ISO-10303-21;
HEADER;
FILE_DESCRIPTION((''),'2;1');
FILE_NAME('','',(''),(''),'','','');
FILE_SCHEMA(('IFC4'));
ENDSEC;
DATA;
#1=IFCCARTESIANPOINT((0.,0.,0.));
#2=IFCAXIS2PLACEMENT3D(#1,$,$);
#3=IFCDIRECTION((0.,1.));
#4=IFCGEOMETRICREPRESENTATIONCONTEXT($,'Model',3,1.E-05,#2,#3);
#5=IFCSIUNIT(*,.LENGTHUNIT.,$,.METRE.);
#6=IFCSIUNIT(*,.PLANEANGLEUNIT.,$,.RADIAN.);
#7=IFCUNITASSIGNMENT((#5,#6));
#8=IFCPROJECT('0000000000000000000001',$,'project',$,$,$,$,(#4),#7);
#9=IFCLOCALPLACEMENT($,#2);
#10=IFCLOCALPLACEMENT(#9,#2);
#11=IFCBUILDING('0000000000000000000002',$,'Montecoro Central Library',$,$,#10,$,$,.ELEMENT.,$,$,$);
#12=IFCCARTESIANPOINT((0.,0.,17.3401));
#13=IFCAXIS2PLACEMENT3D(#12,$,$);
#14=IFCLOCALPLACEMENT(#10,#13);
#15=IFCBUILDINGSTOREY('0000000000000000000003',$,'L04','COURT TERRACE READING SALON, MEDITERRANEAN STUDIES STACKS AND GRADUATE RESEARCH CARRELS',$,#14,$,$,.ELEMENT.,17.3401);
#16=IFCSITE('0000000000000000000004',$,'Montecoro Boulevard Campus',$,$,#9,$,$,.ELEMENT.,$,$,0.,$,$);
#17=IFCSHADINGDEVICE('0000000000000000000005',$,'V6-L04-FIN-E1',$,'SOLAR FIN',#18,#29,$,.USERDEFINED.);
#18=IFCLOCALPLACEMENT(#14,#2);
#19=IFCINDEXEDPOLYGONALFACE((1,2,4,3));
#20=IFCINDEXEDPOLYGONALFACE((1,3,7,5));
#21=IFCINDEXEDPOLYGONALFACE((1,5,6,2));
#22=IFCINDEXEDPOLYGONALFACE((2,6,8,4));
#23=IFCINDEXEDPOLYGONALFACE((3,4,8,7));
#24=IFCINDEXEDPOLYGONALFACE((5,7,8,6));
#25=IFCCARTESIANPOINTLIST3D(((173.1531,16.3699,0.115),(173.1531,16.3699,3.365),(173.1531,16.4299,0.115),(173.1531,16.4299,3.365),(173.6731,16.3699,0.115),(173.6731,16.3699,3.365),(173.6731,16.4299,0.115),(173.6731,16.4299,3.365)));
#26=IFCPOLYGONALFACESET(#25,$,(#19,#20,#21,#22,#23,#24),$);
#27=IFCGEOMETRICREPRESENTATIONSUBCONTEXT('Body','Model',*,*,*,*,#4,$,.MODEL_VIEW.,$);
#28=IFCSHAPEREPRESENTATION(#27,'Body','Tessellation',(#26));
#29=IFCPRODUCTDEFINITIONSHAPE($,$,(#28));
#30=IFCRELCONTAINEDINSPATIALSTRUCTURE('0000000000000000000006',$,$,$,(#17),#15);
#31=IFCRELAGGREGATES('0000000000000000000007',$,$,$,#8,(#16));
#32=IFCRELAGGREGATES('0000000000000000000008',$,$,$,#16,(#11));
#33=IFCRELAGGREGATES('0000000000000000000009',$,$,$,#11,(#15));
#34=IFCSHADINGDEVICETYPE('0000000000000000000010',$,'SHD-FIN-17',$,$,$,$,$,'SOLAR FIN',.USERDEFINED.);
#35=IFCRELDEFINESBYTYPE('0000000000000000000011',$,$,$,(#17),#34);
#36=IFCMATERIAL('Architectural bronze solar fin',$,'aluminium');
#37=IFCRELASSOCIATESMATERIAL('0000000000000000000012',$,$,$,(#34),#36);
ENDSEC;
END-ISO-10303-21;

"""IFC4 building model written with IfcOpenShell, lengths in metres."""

from ifc_helpers import new_model, si_unit, direction, frame, origin, origin_2d, place, context, subcontext, project, spatial, rectangle, extrude, material, type_object, element, save


model = new_model("IFC4")

# Units and contexts
model_context = context("Model", 3, precision=1e-05, world=origin(), true_north=direction((0.0, 1.0)))
body_context = subcontext(model_context, "Body", "Model", "MODEL_VIEW")
ifc_project = project(units=[si_unit("LENGTHUNIT", "METRE"), si_unit("PLANEANGLEUNIT", "RADIAN")], contexts=[model_context])

# Site, building, storey
site_placement = place(None, origin())
site = spatial("IfcSite", under=ifc_project, at=site_placement, Name="Montecoro Boulevard Campus", CompositionType="ELEMENT", RefElevation=0.0)
building_placement = place(site_placement, origin())
building = spatial("IfcBuilding", under=site, at=building_placement, Name="Montecoro Central Library", CompositionType="ELEMENT")
storey_placement = place(building_placement, frame((0.0, 0.0, 17.3401)))
storey = spatial("IfcBuildingStorey", under=building, at=storey_placement, Name="L04", Description="COURT TERRACE READING SALON, MEDITERRANEAN STUDIES STACKS AND GRADUATE RESEARCH CARRELS", CompositionType="ELEMENT", Elevation=17.3401)

# Shading device
ifc_material_1 = material(Name="Architectural bronze solar fin", Category="aluminium")
shading_device_type = type_object("IfcShadingDeviceType", Name="SHD-FIN-17", ElementType="SOLAR FIN", PredefinedType="USERDEFINED", material=ifc_material_1)
shading_device_placement = place(storey_placement, frame((173.4131, 16.3999, 0.115), z_axis=(0.0, 0.0, 1.0), x_axis=(0.0, 1.0, 0.0)))
element("IfcShadingDevice", 1, at=shading_device_placement, inside=storey, type_object=shading_device_type, Name="V6-L04-FIN-E1", ObjectType="SOLAR FIN", PredefinedType="USERDEFINED", context=body_context, shape_type="SweptSolid", body=[
    extrude(rectangle(XDim=0.0601, YDim=0.52, at=origin_2d()), origin(), (0.0, 0.0, 1.0), 3.25),
])

save(model, "model.ifc")
